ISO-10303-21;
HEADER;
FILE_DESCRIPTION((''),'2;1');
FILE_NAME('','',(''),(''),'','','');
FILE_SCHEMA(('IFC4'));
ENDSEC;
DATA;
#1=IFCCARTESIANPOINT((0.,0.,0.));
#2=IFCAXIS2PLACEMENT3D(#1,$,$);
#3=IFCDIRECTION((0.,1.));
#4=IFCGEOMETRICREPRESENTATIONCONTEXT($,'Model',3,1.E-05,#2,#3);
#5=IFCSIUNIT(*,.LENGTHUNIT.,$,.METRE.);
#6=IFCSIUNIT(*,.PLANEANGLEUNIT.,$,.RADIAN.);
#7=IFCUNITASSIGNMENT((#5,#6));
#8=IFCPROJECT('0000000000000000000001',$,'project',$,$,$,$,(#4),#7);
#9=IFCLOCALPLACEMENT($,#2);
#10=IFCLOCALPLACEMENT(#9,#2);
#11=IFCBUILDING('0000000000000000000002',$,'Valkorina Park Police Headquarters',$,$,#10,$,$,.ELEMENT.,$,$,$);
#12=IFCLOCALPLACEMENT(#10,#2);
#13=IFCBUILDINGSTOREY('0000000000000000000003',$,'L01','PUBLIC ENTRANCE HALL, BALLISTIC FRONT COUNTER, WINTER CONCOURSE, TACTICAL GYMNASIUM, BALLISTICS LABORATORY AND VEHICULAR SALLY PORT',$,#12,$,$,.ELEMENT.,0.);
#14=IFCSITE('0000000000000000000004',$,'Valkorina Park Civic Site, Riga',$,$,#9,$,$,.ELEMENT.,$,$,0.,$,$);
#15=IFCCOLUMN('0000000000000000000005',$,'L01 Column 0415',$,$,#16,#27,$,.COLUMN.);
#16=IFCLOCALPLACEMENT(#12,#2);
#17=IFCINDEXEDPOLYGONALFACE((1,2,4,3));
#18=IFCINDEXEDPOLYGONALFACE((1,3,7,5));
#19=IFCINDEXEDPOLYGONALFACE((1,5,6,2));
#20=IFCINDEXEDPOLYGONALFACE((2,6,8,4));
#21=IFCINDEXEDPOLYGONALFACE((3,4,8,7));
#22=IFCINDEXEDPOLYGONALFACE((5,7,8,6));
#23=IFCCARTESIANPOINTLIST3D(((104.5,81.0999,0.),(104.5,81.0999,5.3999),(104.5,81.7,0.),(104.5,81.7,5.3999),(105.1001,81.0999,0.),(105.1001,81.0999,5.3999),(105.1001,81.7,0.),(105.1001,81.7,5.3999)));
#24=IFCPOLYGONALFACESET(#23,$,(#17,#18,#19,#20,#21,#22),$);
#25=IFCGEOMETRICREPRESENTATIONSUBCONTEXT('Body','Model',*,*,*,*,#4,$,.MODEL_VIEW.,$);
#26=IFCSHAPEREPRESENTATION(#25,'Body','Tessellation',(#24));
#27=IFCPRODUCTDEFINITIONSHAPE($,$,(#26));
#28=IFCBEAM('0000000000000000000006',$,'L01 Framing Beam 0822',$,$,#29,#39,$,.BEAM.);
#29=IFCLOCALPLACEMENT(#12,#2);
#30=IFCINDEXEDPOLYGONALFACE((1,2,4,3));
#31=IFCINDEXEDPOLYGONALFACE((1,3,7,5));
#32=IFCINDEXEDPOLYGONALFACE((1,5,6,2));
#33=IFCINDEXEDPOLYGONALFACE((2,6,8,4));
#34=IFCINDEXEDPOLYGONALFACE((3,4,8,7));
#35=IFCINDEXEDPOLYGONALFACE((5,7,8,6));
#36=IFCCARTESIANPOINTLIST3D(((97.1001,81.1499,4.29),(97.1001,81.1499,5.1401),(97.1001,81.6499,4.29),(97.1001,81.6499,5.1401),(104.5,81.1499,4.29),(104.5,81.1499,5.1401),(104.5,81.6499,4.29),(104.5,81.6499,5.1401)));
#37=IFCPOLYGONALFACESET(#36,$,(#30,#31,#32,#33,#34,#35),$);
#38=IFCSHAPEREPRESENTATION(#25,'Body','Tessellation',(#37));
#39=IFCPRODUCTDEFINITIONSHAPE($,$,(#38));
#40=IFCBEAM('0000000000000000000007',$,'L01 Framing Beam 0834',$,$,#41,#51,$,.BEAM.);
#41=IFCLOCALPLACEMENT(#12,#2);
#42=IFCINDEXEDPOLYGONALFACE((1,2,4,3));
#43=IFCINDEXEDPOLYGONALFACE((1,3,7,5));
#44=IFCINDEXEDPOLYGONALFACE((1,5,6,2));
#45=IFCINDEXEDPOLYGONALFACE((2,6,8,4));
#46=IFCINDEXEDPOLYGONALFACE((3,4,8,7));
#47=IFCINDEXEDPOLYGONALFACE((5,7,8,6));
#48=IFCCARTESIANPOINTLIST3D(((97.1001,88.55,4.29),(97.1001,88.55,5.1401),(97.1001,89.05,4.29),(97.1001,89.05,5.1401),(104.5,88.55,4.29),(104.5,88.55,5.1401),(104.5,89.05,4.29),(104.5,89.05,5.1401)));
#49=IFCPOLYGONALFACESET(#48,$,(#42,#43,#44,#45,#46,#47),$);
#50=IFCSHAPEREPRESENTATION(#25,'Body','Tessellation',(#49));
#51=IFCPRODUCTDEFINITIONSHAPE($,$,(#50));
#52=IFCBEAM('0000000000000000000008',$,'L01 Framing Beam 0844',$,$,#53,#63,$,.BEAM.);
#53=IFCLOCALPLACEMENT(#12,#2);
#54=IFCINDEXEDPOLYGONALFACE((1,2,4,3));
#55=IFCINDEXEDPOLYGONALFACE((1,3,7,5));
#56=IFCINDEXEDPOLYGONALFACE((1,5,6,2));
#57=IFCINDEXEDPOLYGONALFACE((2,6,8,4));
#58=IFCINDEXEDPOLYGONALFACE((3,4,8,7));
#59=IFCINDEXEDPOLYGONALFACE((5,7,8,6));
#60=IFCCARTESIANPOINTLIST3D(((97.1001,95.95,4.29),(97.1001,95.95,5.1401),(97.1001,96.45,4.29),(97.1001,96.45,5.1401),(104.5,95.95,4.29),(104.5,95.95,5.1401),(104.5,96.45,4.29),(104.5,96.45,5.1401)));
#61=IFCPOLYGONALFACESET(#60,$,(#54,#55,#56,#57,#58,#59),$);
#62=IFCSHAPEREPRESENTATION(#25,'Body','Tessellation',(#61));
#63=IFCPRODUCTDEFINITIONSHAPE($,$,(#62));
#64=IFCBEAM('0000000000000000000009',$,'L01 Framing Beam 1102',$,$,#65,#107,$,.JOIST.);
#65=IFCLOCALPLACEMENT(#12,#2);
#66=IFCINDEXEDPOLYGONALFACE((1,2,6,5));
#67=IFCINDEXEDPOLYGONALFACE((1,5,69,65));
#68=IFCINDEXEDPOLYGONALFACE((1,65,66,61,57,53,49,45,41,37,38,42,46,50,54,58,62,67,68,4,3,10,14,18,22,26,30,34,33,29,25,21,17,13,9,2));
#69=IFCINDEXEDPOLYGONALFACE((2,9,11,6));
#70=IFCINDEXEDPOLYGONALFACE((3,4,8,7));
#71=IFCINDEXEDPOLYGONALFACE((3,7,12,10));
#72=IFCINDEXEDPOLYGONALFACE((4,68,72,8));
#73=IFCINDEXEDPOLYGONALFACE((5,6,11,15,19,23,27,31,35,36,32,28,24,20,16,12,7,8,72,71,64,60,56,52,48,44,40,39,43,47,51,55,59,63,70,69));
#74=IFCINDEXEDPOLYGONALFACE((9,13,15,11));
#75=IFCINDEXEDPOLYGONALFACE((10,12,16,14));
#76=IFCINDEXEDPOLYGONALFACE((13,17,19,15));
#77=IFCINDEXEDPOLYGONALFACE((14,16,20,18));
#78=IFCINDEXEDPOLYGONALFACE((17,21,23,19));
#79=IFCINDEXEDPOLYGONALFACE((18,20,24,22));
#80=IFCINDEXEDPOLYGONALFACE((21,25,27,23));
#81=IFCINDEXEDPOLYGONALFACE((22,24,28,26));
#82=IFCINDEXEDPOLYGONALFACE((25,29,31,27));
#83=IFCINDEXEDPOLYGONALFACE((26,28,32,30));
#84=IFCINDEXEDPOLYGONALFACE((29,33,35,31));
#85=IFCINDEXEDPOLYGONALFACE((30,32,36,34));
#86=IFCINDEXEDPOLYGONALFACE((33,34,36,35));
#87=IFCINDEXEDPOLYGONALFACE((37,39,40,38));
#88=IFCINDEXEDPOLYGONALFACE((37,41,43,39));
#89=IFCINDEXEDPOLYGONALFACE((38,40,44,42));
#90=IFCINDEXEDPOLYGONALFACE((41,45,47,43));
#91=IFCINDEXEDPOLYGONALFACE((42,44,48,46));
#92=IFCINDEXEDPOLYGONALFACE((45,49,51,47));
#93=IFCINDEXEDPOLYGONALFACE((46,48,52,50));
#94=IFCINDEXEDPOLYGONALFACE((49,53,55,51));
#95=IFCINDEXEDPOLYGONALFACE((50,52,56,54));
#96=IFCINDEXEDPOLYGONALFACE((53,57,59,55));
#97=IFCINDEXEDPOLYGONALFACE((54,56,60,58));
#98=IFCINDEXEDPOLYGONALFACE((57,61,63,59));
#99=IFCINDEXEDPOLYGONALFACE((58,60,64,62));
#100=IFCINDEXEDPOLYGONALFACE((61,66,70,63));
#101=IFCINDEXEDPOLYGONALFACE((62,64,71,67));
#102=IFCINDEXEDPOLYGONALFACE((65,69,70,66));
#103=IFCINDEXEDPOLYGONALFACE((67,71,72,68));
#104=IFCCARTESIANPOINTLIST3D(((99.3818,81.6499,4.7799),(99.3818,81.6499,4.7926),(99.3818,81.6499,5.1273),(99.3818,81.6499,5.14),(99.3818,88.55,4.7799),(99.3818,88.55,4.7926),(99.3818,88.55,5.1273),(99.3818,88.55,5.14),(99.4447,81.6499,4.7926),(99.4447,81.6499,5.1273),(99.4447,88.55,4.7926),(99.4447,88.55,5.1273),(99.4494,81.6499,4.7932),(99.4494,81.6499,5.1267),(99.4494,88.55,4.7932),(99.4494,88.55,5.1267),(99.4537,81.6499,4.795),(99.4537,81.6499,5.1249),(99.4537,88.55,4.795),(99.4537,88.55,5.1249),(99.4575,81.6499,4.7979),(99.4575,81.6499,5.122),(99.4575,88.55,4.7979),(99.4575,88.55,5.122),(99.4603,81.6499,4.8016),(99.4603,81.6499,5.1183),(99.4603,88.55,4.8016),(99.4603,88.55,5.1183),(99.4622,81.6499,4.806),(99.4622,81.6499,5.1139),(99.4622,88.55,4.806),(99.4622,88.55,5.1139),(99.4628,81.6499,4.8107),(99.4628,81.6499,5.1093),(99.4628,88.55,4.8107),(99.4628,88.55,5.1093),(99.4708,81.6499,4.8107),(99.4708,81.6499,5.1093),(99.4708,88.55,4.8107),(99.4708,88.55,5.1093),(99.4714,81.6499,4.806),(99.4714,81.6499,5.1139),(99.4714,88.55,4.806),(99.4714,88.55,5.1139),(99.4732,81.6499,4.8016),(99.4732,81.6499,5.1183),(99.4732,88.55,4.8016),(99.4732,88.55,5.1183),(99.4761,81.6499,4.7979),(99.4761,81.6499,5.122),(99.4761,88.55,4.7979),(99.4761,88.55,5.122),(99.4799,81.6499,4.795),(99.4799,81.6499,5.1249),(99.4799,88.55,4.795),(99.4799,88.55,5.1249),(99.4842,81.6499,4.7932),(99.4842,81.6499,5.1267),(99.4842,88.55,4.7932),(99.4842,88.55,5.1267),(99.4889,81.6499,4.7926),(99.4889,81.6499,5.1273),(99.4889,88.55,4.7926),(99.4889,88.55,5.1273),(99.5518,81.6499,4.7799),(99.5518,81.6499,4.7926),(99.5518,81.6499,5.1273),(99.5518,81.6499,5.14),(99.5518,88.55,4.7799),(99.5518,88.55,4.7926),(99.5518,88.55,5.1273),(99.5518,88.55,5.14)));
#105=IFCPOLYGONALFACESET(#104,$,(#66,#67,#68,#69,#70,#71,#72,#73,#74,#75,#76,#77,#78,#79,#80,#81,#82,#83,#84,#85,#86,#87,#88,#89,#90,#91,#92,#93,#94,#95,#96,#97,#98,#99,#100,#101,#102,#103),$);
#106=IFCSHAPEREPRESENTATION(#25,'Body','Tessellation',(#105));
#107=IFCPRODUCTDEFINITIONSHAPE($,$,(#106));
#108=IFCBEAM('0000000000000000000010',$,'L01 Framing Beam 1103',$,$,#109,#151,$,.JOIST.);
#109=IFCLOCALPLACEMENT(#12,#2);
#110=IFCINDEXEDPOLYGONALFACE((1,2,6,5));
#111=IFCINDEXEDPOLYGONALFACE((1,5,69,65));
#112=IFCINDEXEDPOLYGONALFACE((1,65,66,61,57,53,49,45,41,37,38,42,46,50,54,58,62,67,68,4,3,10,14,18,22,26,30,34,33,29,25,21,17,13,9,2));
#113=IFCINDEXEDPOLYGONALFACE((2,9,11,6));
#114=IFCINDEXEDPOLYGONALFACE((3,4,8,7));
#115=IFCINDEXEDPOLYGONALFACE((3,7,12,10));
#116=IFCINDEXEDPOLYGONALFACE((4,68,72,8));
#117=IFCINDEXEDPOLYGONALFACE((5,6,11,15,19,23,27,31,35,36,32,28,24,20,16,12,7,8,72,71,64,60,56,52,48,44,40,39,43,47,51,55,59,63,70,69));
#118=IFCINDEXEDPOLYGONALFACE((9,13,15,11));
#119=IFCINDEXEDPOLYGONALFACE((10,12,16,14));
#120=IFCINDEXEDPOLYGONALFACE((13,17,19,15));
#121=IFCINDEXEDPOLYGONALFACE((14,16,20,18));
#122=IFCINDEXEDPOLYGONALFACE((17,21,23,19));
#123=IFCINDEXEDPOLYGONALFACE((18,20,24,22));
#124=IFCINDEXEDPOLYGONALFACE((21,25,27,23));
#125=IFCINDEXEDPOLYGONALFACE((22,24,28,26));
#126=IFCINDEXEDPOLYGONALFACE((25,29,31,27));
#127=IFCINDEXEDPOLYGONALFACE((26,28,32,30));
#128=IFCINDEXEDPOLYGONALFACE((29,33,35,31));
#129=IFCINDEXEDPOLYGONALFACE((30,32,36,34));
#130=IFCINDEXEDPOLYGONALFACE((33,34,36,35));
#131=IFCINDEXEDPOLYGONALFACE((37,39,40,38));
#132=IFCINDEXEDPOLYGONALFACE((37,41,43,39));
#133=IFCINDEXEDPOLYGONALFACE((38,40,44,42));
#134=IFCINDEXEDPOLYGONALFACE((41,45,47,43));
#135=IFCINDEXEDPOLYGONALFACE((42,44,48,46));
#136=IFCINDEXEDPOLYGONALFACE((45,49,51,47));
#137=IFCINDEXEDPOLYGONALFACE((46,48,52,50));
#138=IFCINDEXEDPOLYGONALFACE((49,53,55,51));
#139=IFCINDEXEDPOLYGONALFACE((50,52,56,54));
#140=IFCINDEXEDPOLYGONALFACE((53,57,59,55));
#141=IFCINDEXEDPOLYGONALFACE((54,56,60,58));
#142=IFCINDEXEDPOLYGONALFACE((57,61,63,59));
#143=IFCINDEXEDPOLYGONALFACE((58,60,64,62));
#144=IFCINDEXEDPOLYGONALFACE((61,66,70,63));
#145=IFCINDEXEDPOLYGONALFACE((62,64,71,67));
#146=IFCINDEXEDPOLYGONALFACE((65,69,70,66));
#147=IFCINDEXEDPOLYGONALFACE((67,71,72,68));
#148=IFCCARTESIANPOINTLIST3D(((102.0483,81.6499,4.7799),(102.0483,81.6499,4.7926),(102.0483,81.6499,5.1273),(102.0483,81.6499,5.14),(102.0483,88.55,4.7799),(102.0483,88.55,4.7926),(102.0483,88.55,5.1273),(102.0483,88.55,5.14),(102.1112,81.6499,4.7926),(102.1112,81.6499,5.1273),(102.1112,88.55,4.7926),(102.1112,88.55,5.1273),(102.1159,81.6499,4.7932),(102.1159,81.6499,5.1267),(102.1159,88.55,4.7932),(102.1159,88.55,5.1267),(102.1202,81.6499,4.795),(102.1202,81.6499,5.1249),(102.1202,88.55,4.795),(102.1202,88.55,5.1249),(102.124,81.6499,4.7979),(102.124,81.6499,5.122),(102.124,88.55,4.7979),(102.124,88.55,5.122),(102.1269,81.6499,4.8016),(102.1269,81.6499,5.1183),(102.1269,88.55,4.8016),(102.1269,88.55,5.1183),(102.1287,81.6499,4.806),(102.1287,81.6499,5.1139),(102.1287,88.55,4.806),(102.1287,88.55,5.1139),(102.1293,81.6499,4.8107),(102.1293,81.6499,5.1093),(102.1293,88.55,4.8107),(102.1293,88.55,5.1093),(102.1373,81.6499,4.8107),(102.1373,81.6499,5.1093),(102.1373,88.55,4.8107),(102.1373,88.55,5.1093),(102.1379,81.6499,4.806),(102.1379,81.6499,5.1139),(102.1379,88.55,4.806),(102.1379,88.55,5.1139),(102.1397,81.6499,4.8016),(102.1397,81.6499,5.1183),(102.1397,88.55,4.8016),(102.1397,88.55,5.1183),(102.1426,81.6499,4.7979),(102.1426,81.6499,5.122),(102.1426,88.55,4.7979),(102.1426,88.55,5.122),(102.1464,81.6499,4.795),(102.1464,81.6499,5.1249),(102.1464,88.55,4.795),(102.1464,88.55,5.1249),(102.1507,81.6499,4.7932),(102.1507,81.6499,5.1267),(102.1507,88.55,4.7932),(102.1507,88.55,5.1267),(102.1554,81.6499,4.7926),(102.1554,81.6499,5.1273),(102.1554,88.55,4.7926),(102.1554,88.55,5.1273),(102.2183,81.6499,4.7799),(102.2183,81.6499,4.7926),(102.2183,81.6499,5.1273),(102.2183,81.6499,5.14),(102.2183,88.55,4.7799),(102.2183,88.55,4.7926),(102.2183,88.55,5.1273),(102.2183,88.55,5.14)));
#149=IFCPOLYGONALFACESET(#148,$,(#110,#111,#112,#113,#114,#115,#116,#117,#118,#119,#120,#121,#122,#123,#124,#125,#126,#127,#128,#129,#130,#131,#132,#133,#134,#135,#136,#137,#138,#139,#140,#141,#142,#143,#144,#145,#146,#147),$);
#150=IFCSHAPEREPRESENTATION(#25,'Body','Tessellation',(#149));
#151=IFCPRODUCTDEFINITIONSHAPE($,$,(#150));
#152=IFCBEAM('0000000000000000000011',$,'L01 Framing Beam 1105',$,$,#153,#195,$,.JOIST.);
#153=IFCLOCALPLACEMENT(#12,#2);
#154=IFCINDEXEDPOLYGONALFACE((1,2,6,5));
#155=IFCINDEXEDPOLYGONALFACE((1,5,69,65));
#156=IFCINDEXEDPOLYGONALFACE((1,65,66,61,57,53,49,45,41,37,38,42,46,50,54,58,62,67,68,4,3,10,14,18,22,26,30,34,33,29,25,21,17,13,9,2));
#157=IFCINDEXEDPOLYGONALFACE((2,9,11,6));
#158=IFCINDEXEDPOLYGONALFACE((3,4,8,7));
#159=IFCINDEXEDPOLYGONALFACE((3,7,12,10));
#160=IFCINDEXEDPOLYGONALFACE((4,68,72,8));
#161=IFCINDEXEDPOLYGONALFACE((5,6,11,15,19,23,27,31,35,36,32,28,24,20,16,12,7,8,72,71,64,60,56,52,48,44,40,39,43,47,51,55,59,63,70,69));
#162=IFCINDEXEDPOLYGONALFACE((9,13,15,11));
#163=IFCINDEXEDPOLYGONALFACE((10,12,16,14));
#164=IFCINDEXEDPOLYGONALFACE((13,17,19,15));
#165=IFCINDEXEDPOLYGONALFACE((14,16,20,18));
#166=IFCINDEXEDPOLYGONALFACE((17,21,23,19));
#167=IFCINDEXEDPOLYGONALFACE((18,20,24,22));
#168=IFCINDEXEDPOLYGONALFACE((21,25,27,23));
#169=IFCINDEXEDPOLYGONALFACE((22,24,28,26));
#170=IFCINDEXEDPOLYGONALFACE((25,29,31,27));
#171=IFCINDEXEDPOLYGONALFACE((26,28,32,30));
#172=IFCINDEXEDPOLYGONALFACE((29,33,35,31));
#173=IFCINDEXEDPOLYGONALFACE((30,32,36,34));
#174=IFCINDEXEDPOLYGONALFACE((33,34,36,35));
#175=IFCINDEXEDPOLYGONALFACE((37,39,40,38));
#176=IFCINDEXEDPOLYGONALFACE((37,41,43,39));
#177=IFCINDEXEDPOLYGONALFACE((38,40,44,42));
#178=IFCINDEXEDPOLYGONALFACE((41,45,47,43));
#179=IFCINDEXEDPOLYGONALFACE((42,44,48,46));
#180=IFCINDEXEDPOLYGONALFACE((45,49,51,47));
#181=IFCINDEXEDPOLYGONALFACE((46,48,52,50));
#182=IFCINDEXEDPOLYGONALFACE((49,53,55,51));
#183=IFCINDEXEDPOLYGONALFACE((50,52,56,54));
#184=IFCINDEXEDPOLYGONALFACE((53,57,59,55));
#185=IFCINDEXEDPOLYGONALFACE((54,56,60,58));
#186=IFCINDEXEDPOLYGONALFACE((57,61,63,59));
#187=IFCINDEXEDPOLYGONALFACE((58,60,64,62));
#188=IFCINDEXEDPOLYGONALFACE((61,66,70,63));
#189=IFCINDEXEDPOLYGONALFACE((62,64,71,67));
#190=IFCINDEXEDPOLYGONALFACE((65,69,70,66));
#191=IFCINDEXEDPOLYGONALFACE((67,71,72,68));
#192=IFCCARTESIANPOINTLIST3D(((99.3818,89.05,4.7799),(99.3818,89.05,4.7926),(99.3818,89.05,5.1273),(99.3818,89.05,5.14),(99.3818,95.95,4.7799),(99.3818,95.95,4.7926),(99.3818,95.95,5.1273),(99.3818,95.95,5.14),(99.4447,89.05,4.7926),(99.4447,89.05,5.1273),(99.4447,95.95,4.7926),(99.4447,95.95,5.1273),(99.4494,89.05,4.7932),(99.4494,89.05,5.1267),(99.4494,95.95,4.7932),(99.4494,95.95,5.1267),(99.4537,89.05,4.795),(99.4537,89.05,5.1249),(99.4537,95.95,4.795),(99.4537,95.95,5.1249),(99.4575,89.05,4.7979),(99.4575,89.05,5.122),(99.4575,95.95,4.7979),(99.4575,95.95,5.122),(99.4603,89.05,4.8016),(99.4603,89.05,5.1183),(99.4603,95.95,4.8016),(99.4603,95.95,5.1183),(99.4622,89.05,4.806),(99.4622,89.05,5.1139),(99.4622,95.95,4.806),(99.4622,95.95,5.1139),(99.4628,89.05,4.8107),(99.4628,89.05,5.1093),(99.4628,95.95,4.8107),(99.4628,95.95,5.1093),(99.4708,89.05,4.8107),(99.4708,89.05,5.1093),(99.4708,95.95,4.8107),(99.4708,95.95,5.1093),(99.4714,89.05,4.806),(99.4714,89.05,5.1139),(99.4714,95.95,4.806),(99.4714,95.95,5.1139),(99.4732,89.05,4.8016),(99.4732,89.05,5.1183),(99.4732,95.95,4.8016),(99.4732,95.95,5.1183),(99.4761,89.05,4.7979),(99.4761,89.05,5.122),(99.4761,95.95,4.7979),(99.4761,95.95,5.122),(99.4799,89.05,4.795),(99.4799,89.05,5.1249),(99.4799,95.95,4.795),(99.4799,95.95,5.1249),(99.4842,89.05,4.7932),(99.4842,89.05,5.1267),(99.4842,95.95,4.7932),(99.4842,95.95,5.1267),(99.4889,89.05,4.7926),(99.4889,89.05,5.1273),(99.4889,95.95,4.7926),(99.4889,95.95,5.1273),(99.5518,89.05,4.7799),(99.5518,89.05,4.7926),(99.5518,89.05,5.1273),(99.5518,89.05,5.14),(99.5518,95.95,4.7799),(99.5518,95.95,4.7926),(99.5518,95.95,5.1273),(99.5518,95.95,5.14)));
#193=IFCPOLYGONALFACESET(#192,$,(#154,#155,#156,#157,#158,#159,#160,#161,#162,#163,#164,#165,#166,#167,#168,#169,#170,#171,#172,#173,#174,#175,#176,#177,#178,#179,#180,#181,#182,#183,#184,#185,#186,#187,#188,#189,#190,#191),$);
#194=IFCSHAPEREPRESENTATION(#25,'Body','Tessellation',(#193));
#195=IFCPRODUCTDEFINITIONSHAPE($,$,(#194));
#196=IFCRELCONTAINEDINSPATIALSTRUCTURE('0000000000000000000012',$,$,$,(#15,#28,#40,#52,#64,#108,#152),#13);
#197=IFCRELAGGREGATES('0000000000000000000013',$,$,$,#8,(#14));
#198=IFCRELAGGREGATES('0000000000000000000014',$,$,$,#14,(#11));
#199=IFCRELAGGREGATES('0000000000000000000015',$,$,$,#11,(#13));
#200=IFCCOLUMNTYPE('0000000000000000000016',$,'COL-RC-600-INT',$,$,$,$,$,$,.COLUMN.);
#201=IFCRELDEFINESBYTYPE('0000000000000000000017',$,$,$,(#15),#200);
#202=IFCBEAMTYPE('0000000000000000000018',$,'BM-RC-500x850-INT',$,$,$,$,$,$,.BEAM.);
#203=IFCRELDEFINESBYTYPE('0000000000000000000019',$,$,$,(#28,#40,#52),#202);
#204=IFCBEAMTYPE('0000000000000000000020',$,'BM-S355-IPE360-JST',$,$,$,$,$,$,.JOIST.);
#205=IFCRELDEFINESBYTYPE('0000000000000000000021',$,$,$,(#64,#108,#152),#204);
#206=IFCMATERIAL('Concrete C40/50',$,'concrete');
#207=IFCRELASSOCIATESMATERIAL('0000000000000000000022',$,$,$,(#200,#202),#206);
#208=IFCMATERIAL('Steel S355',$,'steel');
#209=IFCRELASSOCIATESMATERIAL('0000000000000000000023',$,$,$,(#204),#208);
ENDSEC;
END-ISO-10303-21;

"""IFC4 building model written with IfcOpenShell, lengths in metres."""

from ifc_helpers import new_model, si_unit, direction, frame, origin, origin_2d, place, context, subcontext, project, spatial, rectangle, i_section, extrude, material, material_profile, profile_set, type_object, element, save


model = new_model("IFC4")

# Units and contexts
model_context = context("Model", 3, precision=1e-05, world=origin(), true_north=direction((0.0, 1.0)))
body_context = subcontext(model_context, "Body", "Model", "MODEL_VIEW")
ifc_project = project(units=[si_unit("LENGTHUNIT", "METRE"), si_unit("PLANEANGLEUNIT", "RADIAN")], contexts=[model_context])

# Site, building, storey
site_placement = place(None, origin())
site = spatial("IfcSite", under=ifc_project, at=site_placement, Name="Valkorina Park Civic Site, Riga", CompositionType="ELEMENT", RefElevation=0.0)
building_placement = place(site_placement, origin())
building = spatial("IfcBuilding", under=site, at=building_placement, Name="Valkorina Park Police Headquarters", CompositionType="ELEMENT")
storey_placement = place(building_placement, origin())
storey = spatial("IfcBuildingStorey", under=building, at=storey_placement, Name="L01", Description="PUBLIC ENTRANCE HALL, BALLISTIC FRONT COUNTER, WINTER CONCOURSE, TACTICAL GYMNASIUM, BALLISTICS LABORATORY AND VEHICULAR SALLY PORT", CompositionType="ELEMENT", Elevation=0.0)

# Column
ifc_material_1 = material(Name="Concrete C40/50", Category="concrete")
ifc_material_profile_1 = material_profile(ifc_material_1, rectangle(XDim=0.6001, YDim=0.6001, at=origin_2d()), Name="RC COL 600x600")
ifc_profile_set_1 = profile_set([ifc_material_profile_1], Name="Concrete C40/50")
column_type = type_object("IfcColumnType", Name="COL-RC-600-INT", PredefinedType="COLUMN", material=ifc_profile_set_1)
column_placement = place(storey_placement, frame((104.8, 81.3999, 0.0), z_axis=(0.0, 0.0, 1.0), x_axis=(1.0, 0.0, 0.0)))
element("IfcColumn", 1, at=column_placement, inside=storey, type_object=column_type, Name="L01 Column 0415", PredefinedType="COLUMN", context=body_context, shape_type="SweptSolid", body=[
    extrude(rectangle(XDim=0.6001, YDim=0.6001, at=origin_2d()), origin(), (0.0, 0.0, 1.0), 5.3999),
])

# Beams
ifc_material_profile_2 = material_profile(ifc_material_1, rectangle(XDim=0.5, YDim=0.8501, at=origin_2d()), Name="RC BEAM 500x850")
ifc_profile_set_2 = profile_set([ifc_material_profile_2], Name="Concrete C40/50")
beam_type_1 = type_object("IfcBeamType", Name="BM-RC-500x850-INT", PredefinedType="BEAM", material=ifc_profile_set_2)
for number, where, z_axis, x_axis, name in (
    (2, (97.1001, 81.3999, 4.7151), (1.0, 0.0, 0.0), (0.0, 1.0, 0.0), "L01 Framing Beam 0822"),
    (3, (97.1001, 88.8, 4.7151), (1.0, 0.0, 0.0), (0.0, 1.0, 0.0), "L01 Framing Beam 0834"),
    (4, (97.1001, 96.2, 4.7151), (1.0, 0.0, 0.0), (0.0, 1.0, 0.0), "L01 Framing Beam 0844"),
):
    element("IfcBeam", number, at=place(storey_placement, frame(where, z_axis=z_axis, x_axis=x_axis)), inside=storey, type_object=beam_type_1, Name=name, PredefinedType="BEAM", context=body_context, shape_type="SweptSolid", body=[
        extrude(rectangle(XDim=0.5, YDim=0.8501, at=origin_2d()), origin(), (0.0, 0.0, 1.0), 7.3999),
    ])
ifc_material_2 = material(Name="Steel S355", Category="steel")
ifc_material_profile_3 = material_profile(ifc_material_2, i_section(OverallWidth=0.1699, OverallDepth=0.3601, WebThickness=0.0081, FlangeThickness=0.0127, FilletRadius=0.0181, at=origin_2d()), Name="IPE 360")
ifc_profile_set_3 = profile_set([ifc_material_profile_3], Name="Steel S355")
beam_type_2 = type_object("IfcBeamType", Name="BM-S355-IPE360-JST", PredefinedType="JOIST", material=ifc_profile_set_3)
for number, where, z_axis, x_axis, name in (
    (5, (99.4668, 81.6499, 4.96), (0.0, 1.0, 0.0), (-1.0, 0.0, 0.0), "L01 Framing Beam 1102"),
    (6, (102.1333, 81.6499, 4.96), (0.0, 1.0, 0.0), (-1.0, 0.0, 0.0), "L01 Framing Beam 1103"),
):
    element("IfcBeam", number, at=place(storey_placement, frame(where, z_axis=z_axis, x_axis=x_axis)), inside=storey, type_object=beam_type_2, Name=name, PredefinedType="JOIST", context=body_context, shape_type="SweptSolid", body=[
        extrude(i_section(OverallWidth=0.1699, OverallDepth=0.3601, WebThickness=0.0081, FlangeThickness=0.0127, FilletRadius=0.0181, at=origin_2d()), origin(), (0.0, 0.0, 1.0), 6.9001),
    ])
for number, where, z_axis, x_axis, name in (
    (7, (99.4668, 89.05, 4.96), (0.0, 1.0, 0.0), (-1.0, 0.0, 0.0), "L01 Framing Beam 1105"),
):
    element("IfcBeam", number, at=place(storey_placement, frame(where, z_axis=z_axis, x_axis=x_axis)), inside=storey, type_object=beam_type_2, Name=name, PredefinedType="JOIST", context=body_context, shape_type="SweptSolid", body=[
        extrude(i_section(OverallWidth=0.1699, OverallDepth=0.3601, WebThickness=0.0081, FlangeThickness=0.0127, FilletRadius=0.0181, at=origin_2d()), origin(), (0.0, 0.0, 1.0), 6.8999),
    ])

save(model, "model.ifc")
